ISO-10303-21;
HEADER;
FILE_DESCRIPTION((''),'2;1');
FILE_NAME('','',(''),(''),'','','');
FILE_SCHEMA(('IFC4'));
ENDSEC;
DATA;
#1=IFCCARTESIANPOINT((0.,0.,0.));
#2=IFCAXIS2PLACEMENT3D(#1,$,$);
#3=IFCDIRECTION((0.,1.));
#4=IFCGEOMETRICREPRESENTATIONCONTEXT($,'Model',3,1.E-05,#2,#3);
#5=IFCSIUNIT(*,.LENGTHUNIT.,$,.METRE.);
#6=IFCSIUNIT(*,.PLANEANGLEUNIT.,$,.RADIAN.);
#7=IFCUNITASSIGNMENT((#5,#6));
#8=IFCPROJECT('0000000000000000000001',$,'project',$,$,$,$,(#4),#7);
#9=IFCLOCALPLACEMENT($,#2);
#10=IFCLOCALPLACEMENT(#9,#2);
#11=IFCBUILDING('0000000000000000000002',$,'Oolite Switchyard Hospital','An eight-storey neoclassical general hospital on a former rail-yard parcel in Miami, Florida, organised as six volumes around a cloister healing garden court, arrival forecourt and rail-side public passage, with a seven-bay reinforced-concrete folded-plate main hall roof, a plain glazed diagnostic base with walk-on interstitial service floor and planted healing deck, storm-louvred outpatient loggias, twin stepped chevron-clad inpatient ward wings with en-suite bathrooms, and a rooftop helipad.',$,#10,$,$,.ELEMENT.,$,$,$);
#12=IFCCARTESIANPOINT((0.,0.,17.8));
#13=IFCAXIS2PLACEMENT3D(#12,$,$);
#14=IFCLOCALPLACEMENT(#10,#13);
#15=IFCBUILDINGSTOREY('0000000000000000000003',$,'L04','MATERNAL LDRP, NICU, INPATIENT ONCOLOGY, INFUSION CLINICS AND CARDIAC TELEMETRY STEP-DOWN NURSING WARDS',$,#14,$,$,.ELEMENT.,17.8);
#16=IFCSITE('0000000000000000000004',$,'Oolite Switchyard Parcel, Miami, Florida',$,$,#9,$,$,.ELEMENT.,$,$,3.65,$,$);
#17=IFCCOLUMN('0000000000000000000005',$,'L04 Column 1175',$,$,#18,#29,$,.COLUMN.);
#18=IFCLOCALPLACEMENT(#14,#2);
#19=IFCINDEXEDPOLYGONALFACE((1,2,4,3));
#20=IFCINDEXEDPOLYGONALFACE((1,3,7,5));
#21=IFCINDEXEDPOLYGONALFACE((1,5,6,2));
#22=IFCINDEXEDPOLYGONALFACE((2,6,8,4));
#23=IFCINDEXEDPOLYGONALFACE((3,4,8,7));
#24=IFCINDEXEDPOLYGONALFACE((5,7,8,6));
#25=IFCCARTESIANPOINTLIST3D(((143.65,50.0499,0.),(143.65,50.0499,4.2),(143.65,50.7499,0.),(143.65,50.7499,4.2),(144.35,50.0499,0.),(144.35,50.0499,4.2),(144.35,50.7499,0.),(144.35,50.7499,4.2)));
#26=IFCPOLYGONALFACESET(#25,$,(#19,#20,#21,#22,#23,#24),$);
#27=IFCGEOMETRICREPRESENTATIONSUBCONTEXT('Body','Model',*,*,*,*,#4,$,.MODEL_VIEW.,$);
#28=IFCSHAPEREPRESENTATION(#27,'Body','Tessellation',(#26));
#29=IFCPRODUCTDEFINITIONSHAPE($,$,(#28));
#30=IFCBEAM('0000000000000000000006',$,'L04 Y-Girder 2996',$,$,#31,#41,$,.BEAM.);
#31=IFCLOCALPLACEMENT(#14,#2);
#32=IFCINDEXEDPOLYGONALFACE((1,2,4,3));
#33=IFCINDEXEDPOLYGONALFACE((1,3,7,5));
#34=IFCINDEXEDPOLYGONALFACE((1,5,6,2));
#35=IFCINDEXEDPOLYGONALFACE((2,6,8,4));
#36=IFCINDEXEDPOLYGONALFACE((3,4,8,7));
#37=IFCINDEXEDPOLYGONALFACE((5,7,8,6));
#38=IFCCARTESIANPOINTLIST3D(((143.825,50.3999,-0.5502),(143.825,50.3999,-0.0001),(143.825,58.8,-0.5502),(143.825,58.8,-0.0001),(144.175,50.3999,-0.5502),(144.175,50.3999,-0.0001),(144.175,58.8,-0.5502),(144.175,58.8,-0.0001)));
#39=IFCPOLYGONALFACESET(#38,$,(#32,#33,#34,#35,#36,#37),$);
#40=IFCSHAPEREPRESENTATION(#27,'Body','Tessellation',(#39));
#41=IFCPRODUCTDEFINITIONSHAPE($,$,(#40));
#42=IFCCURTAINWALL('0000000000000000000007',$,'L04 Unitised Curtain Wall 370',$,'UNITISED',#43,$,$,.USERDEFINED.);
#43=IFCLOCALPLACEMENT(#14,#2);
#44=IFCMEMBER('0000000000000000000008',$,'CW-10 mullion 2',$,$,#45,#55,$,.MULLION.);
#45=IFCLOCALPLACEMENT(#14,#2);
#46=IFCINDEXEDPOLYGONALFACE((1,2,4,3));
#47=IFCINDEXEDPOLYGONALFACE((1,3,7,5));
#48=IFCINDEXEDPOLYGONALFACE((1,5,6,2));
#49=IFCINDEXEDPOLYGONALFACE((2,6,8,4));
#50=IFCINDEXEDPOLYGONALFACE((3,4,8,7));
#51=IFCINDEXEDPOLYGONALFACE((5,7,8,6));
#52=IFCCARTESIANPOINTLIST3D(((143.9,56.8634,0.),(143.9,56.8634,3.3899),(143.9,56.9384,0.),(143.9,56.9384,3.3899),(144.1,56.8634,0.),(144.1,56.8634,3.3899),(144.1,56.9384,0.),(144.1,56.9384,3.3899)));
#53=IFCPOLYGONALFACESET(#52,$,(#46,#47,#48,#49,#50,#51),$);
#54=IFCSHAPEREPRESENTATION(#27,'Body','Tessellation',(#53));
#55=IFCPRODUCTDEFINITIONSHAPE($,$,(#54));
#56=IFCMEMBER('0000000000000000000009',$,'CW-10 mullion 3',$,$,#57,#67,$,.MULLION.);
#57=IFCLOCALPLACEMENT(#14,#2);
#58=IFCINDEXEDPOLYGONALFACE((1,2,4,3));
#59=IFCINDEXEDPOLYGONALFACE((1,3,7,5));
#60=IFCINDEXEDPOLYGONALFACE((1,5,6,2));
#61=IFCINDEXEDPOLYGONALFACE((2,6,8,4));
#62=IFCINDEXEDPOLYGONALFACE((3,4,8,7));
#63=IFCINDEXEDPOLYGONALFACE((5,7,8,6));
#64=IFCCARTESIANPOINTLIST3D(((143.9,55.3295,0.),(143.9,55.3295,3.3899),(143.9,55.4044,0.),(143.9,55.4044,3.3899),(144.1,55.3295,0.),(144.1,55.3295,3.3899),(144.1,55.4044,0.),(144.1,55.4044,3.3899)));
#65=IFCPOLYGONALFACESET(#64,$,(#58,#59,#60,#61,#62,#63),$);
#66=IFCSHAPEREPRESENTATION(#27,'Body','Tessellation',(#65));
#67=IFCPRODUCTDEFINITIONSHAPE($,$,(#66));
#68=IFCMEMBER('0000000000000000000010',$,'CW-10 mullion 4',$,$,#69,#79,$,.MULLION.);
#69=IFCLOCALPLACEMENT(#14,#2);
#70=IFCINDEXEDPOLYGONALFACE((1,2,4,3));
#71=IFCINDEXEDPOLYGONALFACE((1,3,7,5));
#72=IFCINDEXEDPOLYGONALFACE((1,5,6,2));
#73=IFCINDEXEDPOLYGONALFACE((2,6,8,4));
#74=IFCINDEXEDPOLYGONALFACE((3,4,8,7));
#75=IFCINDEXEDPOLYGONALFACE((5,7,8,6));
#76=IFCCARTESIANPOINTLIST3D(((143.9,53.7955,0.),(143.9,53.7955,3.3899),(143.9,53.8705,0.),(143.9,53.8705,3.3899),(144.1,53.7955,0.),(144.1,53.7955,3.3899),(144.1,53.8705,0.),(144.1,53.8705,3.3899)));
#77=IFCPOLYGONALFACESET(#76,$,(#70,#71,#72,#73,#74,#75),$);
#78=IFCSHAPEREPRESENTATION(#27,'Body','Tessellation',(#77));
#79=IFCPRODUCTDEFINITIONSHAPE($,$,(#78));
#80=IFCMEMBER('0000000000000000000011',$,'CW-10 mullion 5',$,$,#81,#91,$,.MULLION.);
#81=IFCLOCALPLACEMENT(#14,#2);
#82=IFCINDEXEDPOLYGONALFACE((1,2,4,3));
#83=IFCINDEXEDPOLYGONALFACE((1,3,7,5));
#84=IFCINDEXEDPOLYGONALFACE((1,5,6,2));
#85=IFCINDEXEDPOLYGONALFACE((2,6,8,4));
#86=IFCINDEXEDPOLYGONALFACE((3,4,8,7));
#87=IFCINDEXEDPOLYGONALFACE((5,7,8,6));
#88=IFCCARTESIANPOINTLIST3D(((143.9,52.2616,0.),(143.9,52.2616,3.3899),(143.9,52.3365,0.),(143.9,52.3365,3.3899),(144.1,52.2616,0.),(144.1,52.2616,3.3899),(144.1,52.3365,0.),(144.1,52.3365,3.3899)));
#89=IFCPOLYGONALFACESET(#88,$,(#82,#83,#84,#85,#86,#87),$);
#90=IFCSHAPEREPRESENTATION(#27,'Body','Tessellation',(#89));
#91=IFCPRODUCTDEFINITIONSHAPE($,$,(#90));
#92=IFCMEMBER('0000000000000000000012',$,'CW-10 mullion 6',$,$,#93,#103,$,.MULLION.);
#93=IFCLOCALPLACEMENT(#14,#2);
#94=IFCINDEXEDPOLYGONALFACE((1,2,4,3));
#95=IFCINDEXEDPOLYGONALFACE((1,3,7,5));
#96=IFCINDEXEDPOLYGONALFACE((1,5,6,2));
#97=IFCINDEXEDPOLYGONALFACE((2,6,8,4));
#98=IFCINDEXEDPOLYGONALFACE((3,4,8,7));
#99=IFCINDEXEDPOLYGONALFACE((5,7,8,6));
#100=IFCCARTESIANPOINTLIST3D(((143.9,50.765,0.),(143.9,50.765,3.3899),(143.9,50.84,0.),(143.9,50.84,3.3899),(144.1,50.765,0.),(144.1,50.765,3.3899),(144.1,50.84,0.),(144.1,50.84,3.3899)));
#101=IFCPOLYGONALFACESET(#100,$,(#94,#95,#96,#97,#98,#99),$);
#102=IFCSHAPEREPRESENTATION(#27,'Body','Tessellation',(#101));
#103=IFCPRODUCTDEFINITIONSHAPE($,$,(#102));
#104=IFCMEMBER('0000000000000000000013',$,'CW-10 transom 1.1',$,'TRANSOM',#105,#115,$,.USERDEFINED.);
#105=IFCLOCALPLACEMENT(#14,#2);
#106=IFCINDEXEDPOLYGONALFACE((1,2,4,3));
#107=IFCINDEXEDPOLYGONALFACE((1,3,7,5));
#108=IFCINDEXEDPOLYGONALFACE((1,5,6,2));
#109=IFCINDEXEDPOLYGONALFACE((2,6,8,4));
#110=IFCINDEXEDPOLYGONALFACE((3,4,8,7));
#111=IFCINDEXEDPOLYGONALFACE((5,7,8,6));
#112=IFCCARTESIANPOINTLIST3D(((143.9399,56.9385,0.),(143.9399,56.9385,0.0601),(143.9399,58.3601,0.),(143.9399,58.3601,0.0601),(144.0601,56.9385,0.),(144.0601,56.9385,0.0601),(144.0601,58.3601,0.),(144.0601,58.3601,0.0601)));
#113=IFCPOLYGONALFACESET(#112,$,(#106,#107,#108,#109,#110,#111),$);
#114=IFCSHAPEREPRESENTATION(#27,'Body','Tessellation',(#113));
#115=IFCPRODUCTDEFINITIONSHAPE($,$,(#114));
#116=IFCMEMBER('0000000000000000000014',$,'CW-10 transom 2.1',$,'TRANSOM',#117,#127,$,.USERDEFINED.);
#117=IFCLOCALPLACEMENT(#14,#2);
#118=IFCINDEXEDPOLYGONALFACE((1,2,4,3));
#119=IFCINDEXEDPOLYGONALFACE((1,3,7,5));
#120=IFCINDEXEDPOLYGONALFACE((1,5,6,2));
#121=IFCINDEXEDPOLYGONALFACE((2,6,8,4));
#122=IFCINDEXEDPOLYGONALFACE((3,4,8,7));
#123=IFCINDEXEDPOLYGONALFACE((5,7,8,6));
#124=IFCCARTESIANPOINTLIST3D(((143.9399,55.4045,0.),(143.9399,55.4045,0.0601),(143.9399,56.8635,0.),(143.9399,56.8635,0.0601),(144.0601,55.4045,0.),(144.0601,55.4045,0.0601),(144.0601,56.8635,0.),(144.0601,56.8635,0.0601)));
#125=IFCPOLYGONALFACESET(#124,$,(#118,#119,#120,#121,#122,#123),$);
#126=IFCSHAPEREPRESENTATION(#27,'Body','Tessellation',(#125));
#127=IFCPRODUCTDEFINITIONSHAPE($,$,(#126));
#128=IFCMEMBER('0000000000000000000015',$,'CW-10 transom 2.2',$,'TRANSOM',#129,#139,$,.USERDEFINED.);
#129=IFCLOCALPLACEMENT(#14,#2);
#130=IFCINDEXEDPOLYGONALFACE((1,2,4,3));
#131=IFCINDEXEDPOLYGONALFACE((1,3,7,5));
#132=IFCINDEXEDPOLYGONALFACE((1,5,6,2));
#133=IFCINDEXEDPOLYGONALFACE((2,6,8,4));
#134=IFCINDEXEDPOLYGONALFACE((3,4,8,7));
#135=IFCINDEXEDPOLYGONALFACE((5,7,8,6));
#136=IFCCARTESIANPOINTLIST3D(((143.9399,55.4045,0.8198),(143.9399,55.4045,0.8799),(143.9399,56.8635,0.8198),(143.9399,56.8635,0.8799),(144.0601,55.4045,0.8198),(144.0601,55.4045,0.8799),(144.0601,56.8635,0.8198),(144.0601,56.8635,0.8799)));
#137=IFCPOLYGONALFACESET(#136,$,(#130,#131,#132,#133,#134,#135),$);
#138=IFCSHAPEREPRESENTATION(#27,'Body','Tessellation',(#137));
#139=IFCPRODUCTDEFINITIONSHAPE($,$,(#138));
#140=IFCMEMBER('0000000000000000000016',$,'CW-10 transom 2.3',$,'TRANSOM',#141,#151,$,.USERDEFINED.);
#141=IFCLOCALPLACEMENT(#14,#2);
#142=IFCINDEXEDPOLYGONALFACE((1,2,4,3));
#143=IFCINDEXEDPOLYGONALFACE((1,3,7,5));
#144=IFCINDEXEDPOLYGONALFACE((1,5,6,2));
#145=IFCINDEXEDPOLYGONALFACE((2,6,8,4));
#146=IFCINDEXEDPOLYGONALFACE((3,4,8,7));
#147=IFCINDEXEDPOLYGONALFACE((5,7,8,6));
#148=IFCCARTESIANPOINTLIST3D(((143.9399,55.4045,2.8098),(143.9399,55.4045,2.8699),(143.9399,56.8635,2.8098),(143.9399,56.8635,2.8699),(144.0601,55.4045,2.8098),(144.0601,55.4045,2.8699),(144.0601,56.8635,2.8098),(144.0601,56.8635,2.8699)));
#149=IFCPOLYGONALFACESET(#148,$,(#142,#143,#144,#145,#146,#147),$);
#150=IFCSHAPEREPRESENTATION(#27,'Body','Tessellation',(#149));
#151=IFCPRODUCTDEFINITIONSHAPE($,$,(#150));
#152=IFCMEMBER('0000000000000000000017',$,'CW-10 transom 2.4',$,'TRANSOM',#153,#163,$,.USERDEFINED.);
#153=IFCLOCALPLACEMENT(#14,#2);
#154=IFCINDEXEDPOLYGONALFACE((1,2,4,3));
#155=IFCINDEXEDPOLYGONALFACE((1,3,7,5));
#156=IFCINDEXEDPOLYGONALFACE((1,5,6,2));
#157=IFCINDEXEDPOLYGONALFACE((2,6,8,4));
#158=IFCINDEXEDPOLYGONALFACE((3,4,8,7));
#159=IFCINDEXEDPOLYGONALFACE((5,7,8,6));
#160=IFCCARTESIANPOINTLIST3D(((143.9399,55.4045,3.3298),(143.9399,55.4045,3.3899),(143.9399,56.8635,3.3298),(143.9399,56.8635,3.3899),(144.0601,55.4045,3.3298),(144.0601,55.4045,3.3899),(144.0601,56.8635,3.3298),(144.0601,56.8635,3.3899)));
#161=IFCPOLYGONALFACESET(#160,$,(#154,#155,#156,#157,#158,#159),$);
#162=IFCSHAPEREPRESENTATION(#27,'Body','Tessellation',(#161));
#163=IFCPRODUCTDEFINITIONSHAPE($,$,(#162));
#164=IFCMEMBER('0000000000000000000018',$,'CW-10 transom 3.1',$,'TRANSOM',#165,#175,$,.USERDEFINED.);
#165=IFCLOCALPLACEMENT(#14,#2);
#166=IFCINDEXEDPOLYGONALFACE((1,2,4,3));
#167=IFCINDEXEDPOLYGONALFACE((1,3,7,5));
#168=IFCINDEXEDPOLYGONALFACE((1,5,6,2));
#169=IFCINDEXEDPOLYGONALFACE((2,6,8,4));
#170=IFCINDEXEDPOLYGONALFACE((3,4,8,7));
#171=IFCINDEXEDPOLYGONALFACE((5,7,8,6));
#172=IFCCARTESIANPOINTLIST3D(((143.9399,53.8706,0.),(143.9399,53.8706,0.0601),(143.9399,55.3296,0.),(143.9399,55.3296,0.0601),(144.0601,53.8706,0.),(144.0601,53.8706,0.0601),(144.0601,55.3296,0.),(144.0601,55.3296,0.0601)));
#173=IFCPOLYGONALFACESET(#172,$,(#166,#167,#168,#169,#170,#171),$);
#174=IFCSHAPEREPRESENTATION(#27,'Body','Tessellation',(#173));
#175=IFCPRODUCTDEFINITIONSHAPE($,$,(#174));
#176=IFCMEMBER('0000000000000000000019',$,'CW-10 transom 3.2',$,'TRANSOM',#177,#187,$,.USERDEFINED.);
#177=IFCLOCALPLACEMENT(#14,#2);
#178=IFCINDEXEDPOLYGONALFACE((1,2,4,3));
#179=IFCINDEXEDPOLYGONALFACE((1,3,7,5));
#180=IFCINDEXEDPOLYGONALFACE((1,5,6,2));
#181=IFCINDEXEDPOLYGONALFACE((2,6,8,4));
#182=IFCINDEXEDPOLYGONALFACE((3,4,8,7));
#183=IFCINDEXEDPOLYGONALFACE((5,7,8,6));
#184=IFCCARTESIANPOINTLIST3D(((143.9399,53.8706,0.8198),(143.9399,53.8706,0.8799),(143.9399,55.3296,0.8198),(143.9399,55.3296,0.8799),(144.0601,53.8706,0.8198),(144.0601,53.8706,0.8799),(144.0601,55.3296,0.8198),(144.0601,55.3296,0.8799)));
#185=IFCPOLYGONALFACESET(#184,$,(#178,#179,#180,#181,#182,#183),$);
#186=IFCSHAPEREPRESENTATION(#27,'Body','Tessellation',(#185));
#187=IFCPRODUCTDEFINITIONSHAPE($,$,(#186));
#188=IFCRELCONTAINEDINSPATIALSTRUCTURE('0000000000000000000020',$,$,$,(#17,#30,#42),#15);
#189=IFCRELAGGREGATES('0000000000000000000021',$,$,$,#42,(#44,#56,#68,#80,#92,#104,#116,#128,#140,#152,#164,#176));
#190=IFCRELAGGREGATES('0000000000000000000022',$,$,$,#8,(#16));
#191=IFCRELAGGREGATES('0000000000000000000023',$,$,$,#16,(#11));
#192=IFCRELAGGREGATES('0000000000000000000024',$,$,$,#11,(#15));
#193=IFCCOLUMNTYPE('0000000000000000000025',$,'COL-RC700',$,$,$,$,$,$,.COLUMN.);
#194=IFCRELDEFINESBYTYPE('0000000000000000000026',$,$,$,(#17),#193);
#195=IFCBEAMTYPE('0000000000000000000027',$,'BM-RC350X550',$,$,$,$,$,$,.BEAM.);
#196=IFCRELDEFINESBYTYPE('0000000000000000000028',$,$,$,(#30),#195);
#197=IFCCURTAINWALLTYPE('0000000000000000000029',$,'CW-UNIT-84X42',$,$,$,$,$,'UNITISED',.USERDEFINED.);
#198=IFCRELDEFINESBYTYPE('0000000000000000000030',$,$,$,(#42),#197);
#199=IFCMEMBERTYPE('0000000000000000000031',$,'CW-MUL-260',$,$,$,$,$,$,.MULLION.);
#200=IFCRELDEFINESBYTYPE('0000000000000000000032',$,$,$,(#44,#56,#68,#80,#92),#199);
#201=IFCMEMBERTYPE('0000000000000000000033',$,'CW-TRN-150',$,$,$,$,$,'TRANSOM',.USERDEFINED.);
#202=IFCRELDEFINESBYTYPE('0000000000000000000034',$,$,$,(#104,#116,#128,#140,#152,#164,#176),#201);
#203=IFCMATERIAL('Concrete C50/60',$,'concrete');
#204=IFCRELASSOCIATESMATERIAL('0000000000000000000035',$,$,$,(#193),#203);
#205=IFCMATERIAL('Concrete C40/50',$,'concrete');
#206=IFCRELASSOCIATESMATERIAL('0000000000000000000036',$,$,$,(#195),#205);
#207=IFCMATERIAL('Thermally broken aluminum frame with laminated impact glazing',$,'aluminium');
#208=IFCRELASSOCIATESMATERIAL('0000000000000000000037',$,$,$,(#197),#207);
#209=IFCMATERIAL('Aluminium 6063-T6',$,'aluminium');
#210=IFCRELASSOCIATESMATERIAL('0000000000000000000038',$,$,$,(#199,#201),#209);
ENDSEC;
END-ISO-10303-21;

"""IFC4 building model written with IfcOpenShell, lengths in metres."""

from ifc_helpers import new_model, si_unit, direction, frame, origin, origin_2d, place, context, subcontext, project, spatial, rectangle, extrude, material, material_profile, profile_set, type_object, element, aggregate, save


model = new_model("IFC4")

# Units and contexts
model_context = context("Model", 3, precision=1e-05, world=origin(), true_north=direction((0.0, 1.0)))
body_context = subcontext(model_context, "Body", "Model", "MODEL_VIEW")
ifc_project = project(units=[si_unit("LENGTHUNIT", "METRE"), si_unit("PLANEANGLEUNIT", "RADIAN")], contexts=[model_context])

# Site, building, storey
site_placement = place(None, origin())
site = spatial("IfcSite", under=ifc_project, at=site_placement, Name="Oolite Switchyard Parcel, Miami, Florida", CompositionType="ELEMENT", RefElevation=3.65)
building_placement = place(site_placement, origin())
building = spatial("IfcBuilding", under=site, at=building_placement, Name="Oolite Switchyard Hospital", Description="An eight-storey neoclassical general hospital on a former rail-yard parcel in Miami, Florida, organised as six volumes around a cloister healing garden court, arrival forecourt and rail-side public passage, with a seven-bay reinforced-concrete folded-plate main hall roof, a plain glazed diagnostic base with walk-on interstitial service floor and planted healing deck, storm-louvred outpatient loggias, twin stepped chevron-clad inpatient ward wings with en-suite bathrooms, and a rooftop helipad.", CompositionType="ELEMENT")
storey_placement = place(building_placement, frame((0.0, 0.0, 17.8)))
storey = spatial("IfcBuildingStorey", under=building, at=storey_placement, Name="L04", Description="MATERNAL LDRP, NICU, INPATIENT ONCOLOGY, INFUSION CLINICS AND CARDIAC TELEMETRY STEP-DOWN NURSING WARDS", CompositionType="ELEMENT", Elevation=17.8)

# Column
ifc_material_1 = material(Name="Concrete C50/60", Category="concrete")
ifc_material_profile_1 = material_profile(ifc_material_1, rectangle(XDim=0.7, YDim=0.7, at=origin_2d()), Name="RC700X700")
ifc_profile_set_1 = profile_set([ifc_material_profile_1], Name="Concrete C50/60")
column_type = type_object("IfcColumnType", Name="COL-RC700", PredefinedType="COLUMN", material=ifc_profile_set_1)
column_placement = place(storey_placement, frame((144.0, 50.3999, 0.0), z_axis=(0.0, 0.0, 1.0), x_axis=(1.0, 0.0, 0.0)))
element("IfcColumn", 1, at=column_placement, inside=storey, type_object=column_type, Name="L04 Column 1175", PredefinedType="COLUMN", context=body_context, shape_type="SweptSolid", body=[
    extrude(rectangle(XDim=0.7, YDim=0.7, at=origin_2d()), origin(), (0.0, 0.0, 1.0), 4.2),
])

# Beam
ifc_material_2 = material(Name="Concrete C40/50", Category="concrete")
ifc_material_profile_2 = material_profile(ifc_material_2, rectangle(XDim=0.3501, YDim=0.55, at=origin_2d()), Name="RCB350X550")
ifc_profile_set_2 = profile_set([ifc_material_profile_2], Name="Concrete C40/50")
beam_type = type_object("IfcBeamType", Name="BM-RC350X550", PredefinedType="BEAM", material=ifc_profile_set_2)
beam_placement = place(storey_placement, frame((144.0, 50.3999, -0.2751), z_axis=(0.0, 1.0, 0.0), x_axis=(-1.0, 0.0, 0.0)))
element("IfcBeam", 2, at=beam_placement, inside=storey, type_object=beam_type, Name="L04 Y-Girder 2996", PredefinedType="BEAM", context=body_context, shape_type="SweptSolid", body=[
    extrude(rectangle(XDim=0.3501, YDim=0.55, at=origin_2d()), origin(), (0.0, 0.0, 1.0), 8.4001),
])

# Curtain wall, members
ifc_material_3 = material(Name="Thermally broken aluminum frame with laminated impact glazing", Category="aluminium")
curtain_wall_type = type_object("IfcCurtainWallType", Name="CW-UNIT-84X42", ElementType="UNITISED", PredefinedType="USERDEFINED", material=ifc_material_3)
curtain_wall_placement = place(storey_placement, origin())
curtain_wall = element("IfcCurtainWall", 3, at=curtain_wall_placement, inside=storey, type_object=curtain_wall_type, Name="L04 Unitised Curtain Wall 370", ObjectType="UNITISED", PredefinedType="USERDEFINED")
ifc_material_4 = material(Name="Aluminium 6063-T6", Category="aluminium")
ifc_material_profile_3 = material_profile(ifc_material_4, rectangle(XDim=0.2, YDim=0.075, at=origin_2d()), Name="CWM75X200")
ifc_profile_set_3 = profile_set([ifc_material_profile_3], Name="Aluminium 6063-T6")
member_type_1 = type_object("IfcMemberType", Name="CW-MUL-260", PredefinedType="MULLION", material=ifc_profile_set_3)
member_1_placement = place(storey_placement, frame((144.0, 56.9009, 0.0), z_axis=(0.0, 0.0, 1.0), x_axis=(1.0, 0.0, 0.0)))
member_1 = element("IfcMember", 4, at=member_1_placement, type_object=member_type_1, Name="CW-10 mullion 2", PredefinedType="MULLION", context=body_context, shape_type="SweptSolid", body=[
    extrude(rectangle(XDim=0.2, YDim=0.075, at=origin_2d()), origin(), (0.0, 0.0, 1.0), 3.3899),
])
member_2_placement = place(storey_placement, frame((144.0, 55.3669, 0.0), z_axis=(0.0, 0.0, 1.0), x_axis=(1.0, 0.0, 0.0)))
member_2 = element("IfcMember", 5, at=member_2_placement, type_object=member_type_1, Name="CW-10 mullion 3", PredefinedType="MULLION", context=body_context, shape_type="SweptSolid", body=[
    extrude(rectangle(XDim=0.2, YDim=0.075, at=origin_2d()), origin(), (0.0, 0.0, 1.0), 3.3899),
])
member_3_placement = place(storey_placement, frame((144.0, 53.833, 0.0), z_axis=(0.0, 0.0, 1.0), x_axis=(1.0, 0.0, 0.0)))
member_3 = element("IfcMember", 6, at=member_3_placement, type_object=member_type_1, Name="CW-10 mullion 4", PredefinedType="MULLION", context=body_context, shape_type="SweptSolid", body=[
    extrude(rectangle(XDim=0.2, YDim=0.075, at=origin_2d()), origin(), (0.0, 0.0, 1.0), 3.3899),
])
member_4_placement = place(storey_placement, frame((144.0, 52.2991, 0.0), z_axis=(0.0, 0.0, 1.0), x_axis=(1.0, 0.0, 0.0)))
member_4 = element("IfcMember", 7, at=member_4_placement, type_object=member_type_1, Name="CW-10 mullion 5", PredefinedType="MULLION", context=body_context, shape_type="SweptSolid", body=[
    extrude(rectangle(XDim=0.2, YDim=0.075, at=origin_2d()), origin(), (0.0, 0.0, 1.0), 3.3899),
])
member_5_placement = place(storey_placement, frame((144.0, 50.8025, 0.0), z_axis=(0.0, 0.0, 1.0), x_axis=(1.0, 0.0, 0.0)))
member_5 = element("IfcMember", 8, at=member_5_placement, type_object=member_type_1, Name="CW-10 mullion 6", PredefinedType="MULLION", context=body_context, shape_type="SweptSolid", body=[
    extrude(rectangle(XDim=0.2, YDim=0.075, at=origin_2d()), origin(), (0.0, 0.0, 1.0), 3.3899),
])
ifc_material_profile_4 = material_profile(ifc_material_4, rectangle(XDim=0.1201, YDim=0.0601, at=origin_2d()), Name="CWT60X120")
ifc_profile_set_4 = profile_set([ifc_material_profile_4], Name="Aluminium 6063-T6")
member_type_2 = type_object("IfcMemberType", Name="CW-TRN-150", ElementType="TRANSOM", PredefinedType="USERDEFINED", material=ifc_profile_set_4)
member_6_placement = place(storey_placement, frame((144.0, 58.3601, 0.03), z_axis=(0.0, -1.0, 0.0), x_axis=(1.0, 0.0, 0.0)))
member_6 = element("IfcMember", 9, at=member_6_placement, type_object=member_type_2, Name="CW-10 transom 1.1", ObjectType="TRANSOM", PredefinedType="USERDEFINED", context=body_context, shape_type="SweptSolid", body=[
    extrude(rectangle(XDim=0.1201, YDim=0.0601, at=origin_2d()), origin(), (0.0, 0.0, 1.0), 1.4216),
])
member_7_placement = place(storey_placement, frame((144.0, 56.8635, 0.03), z_axis=(0.0, -1.0, 0.0), x_axis=(1.0, 0.0, 0.0)))
member_7 = element("IfcMember", 10, at=member_7_placement, type_object=member_type_2, Name="CW-10 transom 2.1", ObjectType="TRANSOM", PredefinedType="USERDEFINED", context=body_context, shape_type="SweptSolid", body=[
    extrude(rectangle(XDim=0.1201, YDim=0.0601, at=origin_2d()), origin(), (0.0, 0.0, 1.0), 1.459),
])
member_8_placement = place(storey_placement, frame((144.0, 56.8635, 0.8499), z_axis=(0.0, -1.0, 0.0), x_axis=(1.0, 0.0, 0.0)))
member_8 = element("IfcMember", 11, at=member_8_placement, type_object=member_type_2, Name="CW-10 transom 2.2", ObjectType="TRANSOM", PredefinedType="USERDEFINED", context=body_context, shape_type="SweptSolid", body=[
    extrude(rectangle(XDim=0.1201, YDim=0.0601, at=origin_2d()), origin(), (0.0, 0.0, 1.0), 1.459),
])
member_9_placement = place(storey_placement, frame((144.0, 56.8635, 2.8398), z_axis=(0.0, -1.0, 0.0), x_axis=(1.0, 0.0, 0.0)))
member_9 = element("IfcMember", 12, at=member_9_placement, type_object=member_type_2, Name="CW-10 transom 2.3", ObjectType="TRANSOM", PredefinedType="USERDEFINED", context=body_context, shape_type="SweptSolid", body=[
    extrude(rectangle(XDim=0.1201, YDim=0.0601, at=origin_2d()), origin(), (0.0, 0.0, 1.0), 1.459),
])
member_10_placement = place(storey_placement, frame((144.0, 56.8635, 3.3599), z_axis=(0.0, -1.0, 0.0), x_axis=(1.0, 0.0, 0.0)))
member_10 = element("IfcMember", 13, at=member_10_placement, type_object=member_type_2, Name="CW-10 transom 2.4", ObjectType="TRANSOM", PredefinedType="USERDEFINED", context=body_context, shape_type="SweptSolid", body=[
    extrude(rectangle(XDim=0.1201, YDim=0.0601, at=origin_2d()), origin(), (0.0, 0.0, 1.0), 1.459),
])
member_11_placement = place(storey_placement, frame((144.0, 55.3296, 0.03), z_axis=(0.0, -1.0, 0.0), x_axis=(1.0, 0.0, 0.0)))
member_11 = element("IfcMember", 14, at=member_11_placement, type_object=member_type_2, Name="CW-10 transom 3.1", ObjectType="TRANSOM", PredefinedType="USERDEFINED", context=body_context, shape_type="SweptSolid", body=[
    extrude(rectangle(XDim=0.1201, YDim=0.0601, at=origin_2d()), origin(), (0.0, 0.0, 1.0), 1.459),
])
member_12_placement = place(storey_placement, frame((144.0, 55.3296, 0.8499), z_axis=(0.0, -1.0, 0.0), x_axis=(1.0, 0.0, 0.0)))
member_12 = element("IfcMember", 15, at=member_12_placement, type_object=member_type_2, Name="CW-10 transom 3.2", ObjectType="TRANSOM", PredefinedType="USERDEFINED", context=body_context, shape_type="SweptSolid", body=[
    extrude(rectangle(XDim=0.1201, YDim=0.0601, at=origin_2d()), origin(), (0.0, 0.0, 1.0), 1.459),
])
aggregate(curtain_wall, [member_1, member_2, member_3, member_4, member_5, member_6, member_7, member_8, member_9, member_10, member_11, member_12])

save(model, "model.ifc")
